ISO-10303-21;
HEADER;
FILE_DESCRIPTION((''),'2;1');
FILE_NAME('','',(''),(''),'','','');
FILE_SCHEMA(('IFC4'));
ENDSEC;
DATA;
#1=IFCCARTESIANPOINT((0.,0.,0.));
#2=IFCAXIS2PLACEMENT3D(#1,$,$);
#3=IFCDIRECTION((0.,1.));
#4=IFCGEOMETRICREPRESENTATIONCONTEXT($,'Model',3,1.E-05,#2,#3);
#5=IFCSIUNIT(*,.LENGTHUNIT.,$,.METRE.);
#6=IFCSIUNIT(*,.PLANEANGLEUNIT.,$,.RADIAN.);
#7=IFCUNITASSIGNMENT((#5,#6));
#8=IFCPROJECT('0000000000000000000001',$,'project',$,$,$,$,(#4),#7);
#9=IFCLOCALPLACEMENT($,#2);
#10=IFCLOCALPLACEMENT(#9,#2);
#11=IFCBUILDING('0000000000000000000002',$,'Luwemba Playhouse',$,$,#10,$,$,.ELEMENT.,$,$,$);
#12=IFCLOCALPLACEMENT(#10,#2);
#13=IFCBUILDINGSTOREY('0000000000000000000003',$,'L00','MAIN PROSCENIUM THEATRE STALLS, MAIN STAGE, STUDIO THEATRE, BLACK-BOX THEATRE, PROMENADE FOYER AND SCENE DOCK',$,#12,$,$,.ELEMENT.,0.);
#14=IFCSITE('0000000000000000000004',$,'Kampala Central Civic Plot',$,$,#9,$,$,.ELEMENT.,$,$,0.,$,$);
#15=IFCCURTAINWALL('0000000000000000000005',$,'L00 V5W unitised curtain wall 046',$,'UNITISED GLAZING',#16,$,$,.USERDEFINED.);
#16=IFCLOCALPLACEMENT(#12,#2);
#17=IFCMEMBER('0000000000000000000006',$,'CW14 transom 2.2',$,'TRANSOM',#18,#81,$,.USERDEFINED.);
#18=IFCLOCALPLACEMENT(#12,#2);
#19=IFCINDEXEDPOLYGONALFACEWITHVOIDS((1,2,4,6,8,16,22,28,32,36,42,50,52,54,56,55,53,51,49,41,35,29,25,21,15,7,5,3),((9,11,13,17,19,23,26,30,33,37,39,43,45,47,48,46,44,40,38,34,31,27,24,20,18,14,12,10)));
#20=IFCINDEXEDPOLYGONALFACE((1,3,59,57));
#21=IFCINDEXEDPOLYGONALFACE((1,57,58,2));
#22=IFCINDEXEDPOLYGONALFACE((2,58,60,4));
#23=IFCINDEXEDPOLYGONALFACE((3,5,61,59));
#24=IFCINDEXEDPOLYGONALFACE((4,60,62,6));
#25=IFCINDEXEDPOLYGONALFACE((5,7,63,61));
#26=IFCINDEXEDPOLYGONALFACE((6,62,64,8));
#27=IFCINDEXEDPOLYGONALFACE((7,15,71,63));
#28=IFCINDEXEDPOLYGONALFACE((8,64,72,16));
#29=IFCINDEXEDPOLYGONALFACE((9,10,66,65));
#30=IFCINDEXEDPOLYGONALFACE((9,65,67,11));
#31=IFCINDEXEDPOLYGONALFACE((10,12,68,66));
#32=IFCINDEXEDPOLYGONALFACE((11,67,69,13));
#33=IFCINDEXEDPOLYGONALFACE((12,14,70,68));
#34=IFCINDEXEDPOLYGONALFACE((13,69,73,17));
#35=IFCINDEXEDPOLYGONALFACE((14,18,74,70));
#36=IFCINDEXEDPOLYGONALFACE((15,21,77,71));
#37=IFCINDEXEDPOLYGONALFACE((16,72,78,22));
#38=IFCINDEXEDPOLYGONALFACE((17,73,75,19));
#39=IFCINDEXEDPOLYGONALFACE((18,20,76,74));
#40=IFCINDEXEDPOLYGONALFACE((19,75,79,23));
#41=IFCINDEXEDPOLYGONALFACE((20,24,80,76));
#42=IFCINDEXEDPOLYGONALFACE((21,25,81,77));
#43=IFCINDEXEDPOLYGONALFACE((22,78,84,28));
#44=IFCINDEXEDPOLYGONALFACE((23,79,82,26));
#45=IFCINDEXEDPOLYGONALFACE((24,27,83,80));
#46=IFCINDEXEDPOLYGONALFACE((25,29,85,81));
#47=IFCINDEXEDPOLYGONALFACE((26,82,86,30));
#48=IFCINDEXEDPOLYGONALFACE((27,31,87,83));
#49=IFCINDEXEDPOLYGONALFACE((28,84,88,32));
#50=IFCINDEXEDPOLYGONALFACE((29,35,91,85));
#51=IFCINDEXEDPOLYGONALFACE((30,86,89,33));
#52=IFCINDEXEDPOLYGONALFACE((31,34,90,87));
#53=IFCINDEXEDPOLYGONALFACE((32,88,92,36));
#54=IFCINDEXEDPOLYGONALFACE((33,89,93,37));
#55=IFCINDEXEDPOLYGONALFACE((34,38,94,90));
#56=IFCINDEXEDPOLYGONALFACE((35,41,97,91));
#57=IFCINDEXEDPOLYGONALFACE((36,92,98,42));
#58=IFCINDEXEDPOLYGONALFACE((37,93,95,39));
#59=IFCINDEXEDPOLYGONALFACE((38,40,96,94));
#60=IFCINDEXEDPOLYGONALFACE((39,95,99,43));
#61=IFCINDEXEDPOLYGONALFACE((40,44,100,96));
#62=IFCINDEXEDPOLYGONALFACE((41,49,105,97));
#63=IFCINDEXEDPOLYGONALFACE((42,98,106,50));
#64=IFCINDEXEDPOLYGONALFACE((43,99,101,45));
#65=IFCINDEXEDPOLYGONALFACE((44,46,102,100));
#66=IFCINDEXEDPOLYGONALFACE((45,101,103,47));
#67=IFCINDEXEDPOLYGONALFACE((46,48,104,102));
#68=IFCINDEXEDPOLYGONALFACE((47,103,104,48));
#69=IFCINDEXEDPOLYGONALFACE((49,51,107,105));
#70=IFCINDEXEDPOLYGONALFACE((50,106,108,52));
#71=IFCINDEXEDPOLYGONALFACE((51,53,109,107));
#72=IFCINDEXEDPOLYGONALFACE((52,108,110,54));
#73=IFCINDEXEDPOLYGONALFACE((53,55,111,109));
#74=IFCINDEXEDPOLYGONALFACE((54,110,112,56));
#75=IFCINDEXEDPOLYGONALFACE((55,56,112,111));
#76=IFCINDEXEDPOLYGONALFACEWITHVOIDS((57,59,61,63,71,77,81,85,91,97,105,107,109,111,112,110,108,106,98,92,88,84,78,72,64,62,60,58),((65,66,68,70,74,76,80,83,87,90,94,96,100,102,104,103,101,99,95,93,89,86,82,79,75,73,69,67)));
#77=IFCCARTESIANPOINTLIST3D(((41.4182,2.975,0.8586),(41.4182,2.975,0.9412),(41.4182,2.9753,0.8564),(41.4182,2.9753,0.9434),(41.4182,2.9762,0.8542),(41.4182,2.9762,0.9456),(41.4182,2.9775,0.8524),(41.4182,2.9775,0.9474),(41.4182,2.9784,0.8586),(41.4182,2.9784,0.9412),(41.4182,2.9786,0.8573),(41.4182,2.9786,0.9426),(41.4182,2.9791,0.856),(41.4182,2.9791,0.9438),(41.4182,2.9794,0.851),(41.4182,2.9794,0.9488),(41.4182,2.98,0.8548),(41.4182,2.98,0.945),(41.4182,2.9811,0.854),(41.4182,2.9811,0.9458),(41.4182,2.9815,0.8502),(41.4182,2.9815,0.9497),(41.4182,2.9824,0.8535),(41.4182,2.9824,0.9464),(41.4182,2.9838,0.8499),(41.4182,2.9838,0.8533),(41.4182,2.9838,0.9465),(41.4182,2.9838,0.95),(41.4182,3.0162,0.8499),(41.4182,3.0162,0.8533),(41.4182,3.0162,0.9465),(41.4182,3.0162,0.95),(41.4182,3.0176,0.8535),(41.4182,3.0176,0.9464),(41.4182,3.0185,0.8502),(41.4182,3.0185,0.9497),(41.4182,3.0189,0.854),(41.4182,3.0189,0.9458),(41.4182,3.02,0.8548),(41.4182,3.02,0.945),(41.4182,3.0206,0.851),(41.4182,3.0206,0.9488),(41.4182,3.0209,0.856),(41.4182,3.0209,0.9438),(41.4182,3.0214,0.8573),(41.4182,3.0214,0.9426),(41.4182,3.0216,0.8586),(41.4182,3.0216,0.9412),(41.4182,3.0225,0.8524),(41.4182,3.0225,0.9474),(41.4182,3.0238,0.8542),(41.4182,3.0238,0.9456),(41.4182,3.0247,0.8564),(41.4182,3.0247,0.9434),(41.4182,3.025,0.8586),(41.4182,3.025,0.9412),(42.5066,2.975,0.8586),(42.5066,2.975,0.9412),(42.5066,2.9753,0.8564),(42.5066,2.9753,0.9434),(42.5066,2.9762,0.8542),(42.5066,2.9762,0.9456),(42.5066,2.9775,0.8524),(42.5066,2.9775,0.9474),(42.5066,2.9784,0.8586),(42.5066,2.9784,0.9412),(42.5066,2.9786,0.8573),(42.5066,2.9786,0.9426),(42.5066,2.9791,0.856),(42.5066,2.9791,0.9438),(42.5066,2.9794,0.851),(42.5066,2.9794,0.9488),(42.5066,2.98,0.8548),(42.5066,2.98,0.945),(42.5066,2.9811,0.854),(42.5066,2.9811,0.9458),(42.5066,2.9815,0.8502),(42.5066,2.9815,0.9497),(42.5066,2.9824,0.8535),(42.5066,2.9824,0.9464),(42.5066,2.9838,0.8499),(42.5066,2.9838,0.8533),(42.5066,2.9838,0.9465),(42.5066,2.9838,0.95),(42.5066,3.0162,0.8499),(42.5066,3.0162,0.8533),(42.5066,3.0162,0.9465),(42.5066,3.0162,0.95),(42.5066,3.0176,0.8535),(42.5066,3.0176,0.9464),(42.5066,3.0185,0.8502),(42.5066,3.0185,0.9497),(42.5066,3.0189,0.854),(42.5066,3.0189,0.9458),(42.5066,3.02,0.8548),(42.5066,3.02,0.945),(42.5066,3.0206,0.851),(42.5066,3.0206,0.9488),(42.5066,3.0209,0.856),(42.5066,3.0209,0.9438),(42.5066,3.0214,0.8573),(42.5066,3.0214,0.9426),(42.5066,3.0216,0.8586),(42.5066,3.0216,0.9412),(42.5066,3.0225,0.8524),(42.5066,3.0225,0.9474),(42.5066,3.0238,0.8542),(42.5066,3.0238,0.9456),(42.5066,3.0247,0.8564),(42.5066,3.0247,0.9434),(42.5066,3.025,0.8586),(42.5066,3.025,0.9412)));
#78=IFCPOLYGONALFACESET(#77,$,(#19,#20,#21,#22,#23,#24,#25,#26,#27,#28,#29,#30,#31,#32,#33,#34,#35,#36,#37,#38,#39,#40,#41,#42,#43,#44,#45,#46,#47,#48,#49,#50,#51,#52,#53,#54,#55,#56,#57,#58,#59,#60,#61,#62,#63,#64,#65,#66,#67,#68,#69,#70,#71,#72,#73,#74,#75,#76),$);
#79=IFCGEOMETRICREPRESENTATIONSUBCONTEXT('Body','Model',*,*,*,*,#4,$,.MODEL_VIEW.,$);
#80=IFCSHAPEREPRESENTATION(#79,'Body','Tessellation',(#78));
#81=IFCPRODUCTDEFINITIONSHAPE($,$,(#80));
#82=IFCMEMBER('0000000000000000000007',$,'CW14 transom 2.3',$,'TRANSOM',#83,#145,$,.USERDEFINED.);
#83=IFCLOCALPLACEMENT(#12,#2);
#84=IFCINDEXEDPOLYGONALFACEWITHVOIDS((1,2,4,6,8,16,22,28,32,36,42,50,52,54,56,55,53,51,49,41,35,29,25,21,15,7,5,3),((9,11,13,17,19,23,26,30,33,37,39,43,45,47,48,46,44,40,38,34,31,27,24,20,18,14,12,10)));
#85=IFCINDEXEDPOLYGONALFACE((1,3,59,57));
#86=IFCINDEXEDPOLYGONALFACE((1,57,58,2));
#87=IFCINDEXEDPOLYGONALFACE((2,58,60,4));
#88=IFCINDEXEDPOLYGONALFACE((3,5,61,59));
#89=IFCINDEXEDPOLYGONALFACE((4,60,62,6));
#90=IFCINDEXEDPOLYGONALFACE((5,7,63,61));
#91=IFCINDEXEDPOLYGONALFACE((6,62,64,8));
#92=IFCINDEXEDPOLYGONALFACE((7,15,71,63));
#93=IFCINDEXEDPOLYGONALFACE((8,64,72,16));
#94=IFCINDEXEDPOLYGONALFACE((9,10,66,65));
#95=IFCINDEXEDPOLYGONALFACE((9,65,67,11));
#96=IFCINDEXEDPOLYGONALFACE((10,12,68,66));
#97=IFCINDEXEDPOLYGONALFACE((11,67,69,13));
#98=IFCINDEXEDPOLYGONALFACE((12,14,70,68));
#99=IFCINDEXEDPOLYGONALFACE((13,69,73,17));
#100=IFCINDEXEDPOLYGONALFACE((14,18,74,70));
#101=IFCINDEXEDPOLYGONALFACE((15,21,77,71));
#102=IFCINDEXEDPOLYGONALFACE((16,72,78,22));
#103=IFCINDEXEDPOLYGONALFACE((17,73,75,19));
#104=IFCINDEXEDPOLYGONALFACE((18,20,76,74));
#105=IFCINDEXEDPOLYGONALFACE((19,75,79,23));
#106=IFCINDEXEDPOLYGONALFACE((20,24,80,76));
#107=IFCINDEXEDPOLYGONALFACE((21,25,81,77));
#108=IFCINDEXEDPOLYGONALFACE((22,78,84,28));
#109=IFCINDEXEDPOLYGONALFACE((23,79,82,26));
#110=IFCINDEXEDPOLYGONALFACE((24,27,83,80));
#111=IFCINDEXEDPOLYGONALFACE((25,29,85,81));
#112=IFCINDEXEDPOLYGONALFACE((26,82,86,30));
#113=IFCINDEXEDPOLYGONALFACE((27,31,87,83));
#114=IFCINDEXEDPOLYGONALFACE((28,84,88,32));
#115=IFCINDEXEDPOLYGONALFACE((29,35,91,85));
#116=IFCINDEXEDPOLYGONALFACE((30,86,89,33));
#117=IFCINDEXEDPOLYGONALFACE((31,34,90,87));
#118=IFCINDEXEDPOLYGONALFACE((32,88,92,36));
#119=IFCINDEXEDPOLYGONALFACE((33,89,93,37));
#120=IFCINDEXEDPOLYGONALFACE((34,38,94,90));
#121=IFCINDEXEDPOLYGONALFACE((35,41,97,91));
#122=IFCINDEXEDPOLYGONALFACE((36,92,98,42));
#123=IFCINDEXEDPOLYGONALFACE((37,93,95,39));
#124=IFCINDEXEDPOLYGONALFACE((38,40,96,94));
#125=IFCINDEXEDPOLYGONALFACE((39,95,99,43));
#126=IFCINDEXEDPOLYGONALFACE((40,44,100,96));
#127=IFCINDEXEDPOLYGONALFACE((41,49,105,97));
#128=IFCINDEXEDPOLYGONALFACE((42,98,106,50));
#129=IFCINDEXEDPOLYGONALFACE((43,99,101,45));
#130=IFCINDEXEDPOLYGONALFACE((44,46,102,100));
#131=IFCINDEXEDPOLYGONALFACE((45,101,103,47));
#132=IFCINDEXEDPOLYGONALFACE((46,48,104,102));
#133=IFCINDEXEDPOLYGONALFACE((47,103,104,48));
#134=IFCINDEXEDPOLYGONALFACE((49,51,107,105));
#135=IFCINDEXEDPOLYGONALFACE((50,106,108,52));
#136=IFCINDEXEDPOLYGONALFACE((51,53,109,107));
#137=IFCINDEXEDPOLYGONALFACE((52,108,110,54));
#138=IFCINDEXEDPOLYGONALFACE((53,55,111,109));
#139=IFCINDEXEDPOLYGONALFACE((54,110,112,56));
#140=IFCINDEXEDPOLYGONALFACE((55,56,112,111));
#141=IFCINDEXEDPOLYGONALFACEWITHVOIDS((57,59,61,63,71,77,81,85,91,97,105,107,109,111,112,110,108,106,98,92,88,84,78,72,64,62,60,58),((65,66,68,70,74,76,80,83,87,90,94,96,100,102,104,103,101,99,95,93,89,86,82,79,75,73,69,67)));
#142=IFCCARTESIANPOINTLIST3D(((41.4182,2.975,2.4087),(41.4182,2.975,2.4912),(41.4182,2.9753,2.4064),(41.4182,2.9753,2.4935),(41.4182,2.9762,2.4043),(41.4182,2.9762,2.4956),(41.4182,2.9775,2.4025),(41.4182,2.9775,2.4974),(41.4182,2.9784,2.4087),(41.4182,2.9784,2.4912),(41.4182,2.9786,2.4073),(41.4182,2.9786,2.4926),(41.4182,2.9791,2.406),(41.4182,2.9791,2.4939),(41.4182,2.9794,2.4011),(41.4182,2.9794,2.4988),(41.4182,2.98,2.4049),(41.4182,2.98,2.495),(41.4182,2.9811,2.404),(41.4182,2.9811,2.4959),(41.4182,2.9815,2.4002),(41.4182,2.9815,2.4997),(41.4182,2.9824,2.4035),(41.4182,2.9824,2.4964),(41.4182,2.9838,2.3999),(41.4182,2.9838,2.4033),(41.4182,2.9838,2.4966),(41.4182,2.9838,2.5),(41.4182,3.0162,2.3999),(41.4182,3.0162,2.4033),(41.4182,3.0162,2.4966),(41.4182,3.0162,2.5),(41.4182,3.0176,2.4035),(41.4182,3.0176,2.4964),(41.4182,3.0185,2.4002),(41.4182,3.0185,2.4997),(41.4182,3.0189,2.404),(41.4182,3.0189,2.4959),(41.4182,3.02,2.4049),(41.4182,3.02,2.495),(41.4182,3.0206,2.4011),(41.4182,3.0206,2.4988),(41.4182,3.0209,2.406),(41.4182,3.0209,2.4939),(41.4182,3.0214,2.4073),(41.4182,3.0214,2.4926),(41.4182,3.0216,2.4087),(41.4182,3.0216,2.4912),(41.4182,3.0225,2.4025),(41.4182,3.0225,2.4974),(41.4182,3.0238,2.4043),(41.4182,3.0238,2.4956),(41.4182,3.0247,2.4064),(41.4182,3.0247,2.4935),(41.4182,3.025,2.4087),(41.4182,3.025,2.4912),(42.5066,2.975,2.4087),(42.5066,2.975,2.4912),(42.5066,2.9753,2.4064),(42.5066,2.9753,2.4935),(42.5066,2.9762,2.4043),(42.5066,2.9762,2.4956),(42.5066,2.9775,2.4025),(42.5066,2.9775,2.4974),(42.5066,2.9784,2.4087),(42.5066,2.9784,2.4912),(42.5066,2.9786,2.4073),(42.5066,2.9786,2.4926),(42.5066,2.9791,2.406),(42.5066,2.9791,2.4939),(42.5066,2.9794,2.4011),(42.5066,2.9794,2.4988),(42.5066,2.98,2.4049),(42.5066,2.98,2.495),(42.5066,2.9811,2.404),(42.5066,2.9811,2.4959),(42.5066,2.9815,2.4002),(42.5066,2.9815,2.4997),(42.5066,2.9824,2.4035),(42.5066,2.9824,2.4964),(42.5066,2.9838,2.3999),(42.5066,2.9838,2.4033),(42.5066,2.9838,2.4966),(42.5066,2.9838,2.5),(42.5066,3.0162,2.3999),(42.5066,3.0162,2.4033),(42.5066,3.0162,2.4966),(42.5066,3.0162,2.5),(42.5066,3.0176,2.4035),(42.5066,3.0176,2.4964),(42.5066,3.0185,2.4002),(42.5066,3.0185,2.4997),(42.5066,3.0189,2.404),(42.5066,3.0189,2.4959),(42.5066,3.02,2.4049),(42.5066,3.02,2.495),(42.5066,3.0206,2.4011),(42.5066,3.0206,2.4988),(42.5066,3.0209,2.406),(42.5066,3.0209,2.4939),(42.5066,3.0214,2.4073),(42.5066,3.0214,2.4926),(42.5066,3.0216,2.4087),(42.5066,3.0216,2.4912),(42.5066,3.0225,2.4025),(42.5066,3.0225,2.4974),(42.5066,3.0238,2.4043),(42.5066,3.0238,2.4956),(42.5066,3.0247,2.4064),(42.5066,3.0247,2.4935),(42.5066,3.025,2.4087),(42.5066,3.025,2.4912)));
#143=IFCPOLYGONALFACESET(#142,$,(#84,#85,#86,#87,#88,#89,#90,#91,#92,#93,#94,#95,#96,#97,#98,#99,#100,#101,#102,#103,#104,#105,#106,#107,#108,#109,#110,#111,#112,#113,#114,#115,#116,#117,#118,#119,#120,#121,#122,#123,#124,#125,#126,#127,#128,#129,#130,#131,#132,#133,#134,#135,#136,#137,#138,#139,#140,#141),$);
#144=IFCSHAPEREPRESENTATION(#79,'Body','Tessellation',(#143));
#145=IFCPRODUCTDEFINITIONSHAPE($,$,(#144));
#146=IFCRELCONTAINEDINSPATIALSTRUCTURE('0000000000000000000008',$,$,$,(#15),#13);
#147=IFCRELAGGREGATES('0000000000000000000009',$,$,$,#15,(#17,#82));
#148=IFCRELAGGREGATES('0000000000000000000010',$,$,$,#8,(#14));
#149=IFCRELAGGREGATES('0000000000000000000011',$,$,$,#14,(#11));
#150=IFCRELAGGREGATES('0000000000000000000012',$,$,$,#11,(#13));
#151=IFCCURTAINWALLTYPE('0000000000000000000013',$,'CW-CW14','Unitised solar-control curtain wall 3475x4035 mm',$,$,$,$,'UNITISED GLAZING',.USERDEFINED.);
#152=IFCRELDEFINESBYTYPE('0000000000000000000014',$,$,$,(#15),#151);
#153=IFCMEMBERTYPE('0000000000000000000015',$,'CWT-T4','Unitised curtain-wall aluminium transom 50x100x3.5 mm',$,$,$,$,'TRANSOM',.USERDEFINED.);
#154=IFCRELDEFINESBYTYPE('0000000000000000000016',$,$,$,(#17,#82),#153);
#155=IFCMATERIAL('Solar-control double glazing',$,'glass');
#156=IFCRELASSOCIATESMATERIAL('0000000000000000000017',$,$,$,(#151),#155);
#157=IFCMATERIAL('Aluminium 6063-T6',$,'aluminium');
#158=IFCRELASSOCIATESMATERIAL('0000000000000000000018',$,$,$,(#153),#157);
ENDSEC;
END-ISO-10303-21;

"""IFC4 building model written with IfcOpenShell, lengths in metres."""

from ifc_helpers import new_model, si_unit, direction, frame, origin, origin_2d, place, context, subcontext, project, spatial, hollow_rectangle, extrude, material, material_profile, profile_set, type_object, element, aggregate, save


model = new_model("IFC4")

# Units and contexts
model_context = context("Model", 3, precision=1e-05, world=origin(), true_north=direction((0.0, 1.0)))
body_context = subcontext(model_context, "Body", "Model", "MODEL_VIEW")
ifc_project = project(units=[si_unit("LENGTHUNIT", "METRE"), si_unit("PLANEANGLEUNIT", "RADIAN")], contexts=[model_context])

# Site, building, storey
site_placement = place(None, origin())
site = spatial("IfcSite", under=ifc_project, at=site_placement, Name="Kampala Central Civic Plot", CompositionType="ELEMENT", RefElevation=0.0)
building_placement = place(site_placement, origin())
building = spatial("IfcBuilding", under=site, at=building_placement, Name="Luwemba Playhouse", CompositionType="ELEMENT")
storey_placement = place(building_placement, origin())
storey = spatial("IfcBuildingStorey", under=building, at=storey_placement, Name="L00", Description="MAIN PROSCENIUM THEATRE STALLS, MAIN STAGE, STUDIO THEATRE, BLACK-BOX THEATRE, PROMENADE FOYER AND SCENE DOCK", CompositionType="ELEMENT", Elevation=0.0)

# Curtain wall, members
ifc_material_1 = material(Name="Solar-control double glazing", Category="glass")
curtain_wall_type = type_object("IfcCurtainWallType", Name="CW-CW14", Description="Unitised solar-control curtain wall 3475x4035 mm", ElementType="UNITISED GLAZING", PredefinedType="USERDEFINED", material=ifc_material_1)
curtain_wall_placement = place(storey_placement, origin())
curtain_wall = element("IfcCurtainWall", 1, at=curtain_wall_placement, inside=storey, type_object=curtain_wall_type, Name="L00 V5W unitised curtain wall 046", ObjectType="UNITISED GLAZING", PredefinedType="USERDEFINED")
ifc_material_2 = material(Name="Aluminium 6063-T6", Category="aluminium")
ifc_material_profile_1 = material_profile(ifc_material_2, hollow_rectangle(XDim=0.05, YDim=0.1001, WallThickness=0.0034, InnerFilletRadius=0.0054, OuterFilletRadius=0.0088, at=origin_2d()))
ifc_profile_set_1 = profile_set([ifc_material_profile_1], Name="Aluminium 6063-T6")
member_type_1 = type_object("IfcMemberType", Name="CWT-T4", Description="Unitised curtain-wall aluminium transom 50x100x3.5 mm", ElementType="TRANSOM", PredefinedType="USERDEFINED", material=ifc_profile_set_1)
member_1_placement = place(storey_placement, frame((42.5066, 3.0, 0.8999), z_axis=(-1.0, 0.0, 0.0), x_axis=(0.0, -1.0, 0.0)))
member_1 = element("IfcMember", 2, at=member_1_placement, type_object=member_type_1, Name="CW14 transom 2.2", ObjectType="TRANSOM", PredefinedType="USERDEFINED", context=body_context, shape_type="SweptSolid", body=[
    extrude(hollow_rectangle(XDim=0.05, YDim=0.1001, WallThickness=0.0034, InnerFilletRadius=0.0054, OuterFilletRadius=0.0088, at=origin_2d()), origin(), (0.0, 0.0, 1.0), 1.0884),
])
member_2_placement = place(storey_placement, frame((42.5066, 3.0, 2.45), z_axis=(-1.0, 0.0, 0.0), x_axis=(0.0, -1.0, 0.0)))
member_2 = element("IfcMember", 3, at=member_2_placement, type_object=member_type_1, Name="CW14 transom 2.3", ObjectType="TRANSOM", PredefinedType="USERDEFINED", context=body_context, shape_type="SweptSolid", body=[
    extrude(hollow_rectangle(XDim=0.05, YDim=0.1001, WallThickness=0.0034, InnerFilletRadius=0.0054, OuterFilletRadius=0.0088, at=origin_2d()), origin(), (0.0, 0.0, 1.0), 1.0884),
])
aggregate(curtain_wall, [member_1, member_2])

save(model, "model.ifc")
